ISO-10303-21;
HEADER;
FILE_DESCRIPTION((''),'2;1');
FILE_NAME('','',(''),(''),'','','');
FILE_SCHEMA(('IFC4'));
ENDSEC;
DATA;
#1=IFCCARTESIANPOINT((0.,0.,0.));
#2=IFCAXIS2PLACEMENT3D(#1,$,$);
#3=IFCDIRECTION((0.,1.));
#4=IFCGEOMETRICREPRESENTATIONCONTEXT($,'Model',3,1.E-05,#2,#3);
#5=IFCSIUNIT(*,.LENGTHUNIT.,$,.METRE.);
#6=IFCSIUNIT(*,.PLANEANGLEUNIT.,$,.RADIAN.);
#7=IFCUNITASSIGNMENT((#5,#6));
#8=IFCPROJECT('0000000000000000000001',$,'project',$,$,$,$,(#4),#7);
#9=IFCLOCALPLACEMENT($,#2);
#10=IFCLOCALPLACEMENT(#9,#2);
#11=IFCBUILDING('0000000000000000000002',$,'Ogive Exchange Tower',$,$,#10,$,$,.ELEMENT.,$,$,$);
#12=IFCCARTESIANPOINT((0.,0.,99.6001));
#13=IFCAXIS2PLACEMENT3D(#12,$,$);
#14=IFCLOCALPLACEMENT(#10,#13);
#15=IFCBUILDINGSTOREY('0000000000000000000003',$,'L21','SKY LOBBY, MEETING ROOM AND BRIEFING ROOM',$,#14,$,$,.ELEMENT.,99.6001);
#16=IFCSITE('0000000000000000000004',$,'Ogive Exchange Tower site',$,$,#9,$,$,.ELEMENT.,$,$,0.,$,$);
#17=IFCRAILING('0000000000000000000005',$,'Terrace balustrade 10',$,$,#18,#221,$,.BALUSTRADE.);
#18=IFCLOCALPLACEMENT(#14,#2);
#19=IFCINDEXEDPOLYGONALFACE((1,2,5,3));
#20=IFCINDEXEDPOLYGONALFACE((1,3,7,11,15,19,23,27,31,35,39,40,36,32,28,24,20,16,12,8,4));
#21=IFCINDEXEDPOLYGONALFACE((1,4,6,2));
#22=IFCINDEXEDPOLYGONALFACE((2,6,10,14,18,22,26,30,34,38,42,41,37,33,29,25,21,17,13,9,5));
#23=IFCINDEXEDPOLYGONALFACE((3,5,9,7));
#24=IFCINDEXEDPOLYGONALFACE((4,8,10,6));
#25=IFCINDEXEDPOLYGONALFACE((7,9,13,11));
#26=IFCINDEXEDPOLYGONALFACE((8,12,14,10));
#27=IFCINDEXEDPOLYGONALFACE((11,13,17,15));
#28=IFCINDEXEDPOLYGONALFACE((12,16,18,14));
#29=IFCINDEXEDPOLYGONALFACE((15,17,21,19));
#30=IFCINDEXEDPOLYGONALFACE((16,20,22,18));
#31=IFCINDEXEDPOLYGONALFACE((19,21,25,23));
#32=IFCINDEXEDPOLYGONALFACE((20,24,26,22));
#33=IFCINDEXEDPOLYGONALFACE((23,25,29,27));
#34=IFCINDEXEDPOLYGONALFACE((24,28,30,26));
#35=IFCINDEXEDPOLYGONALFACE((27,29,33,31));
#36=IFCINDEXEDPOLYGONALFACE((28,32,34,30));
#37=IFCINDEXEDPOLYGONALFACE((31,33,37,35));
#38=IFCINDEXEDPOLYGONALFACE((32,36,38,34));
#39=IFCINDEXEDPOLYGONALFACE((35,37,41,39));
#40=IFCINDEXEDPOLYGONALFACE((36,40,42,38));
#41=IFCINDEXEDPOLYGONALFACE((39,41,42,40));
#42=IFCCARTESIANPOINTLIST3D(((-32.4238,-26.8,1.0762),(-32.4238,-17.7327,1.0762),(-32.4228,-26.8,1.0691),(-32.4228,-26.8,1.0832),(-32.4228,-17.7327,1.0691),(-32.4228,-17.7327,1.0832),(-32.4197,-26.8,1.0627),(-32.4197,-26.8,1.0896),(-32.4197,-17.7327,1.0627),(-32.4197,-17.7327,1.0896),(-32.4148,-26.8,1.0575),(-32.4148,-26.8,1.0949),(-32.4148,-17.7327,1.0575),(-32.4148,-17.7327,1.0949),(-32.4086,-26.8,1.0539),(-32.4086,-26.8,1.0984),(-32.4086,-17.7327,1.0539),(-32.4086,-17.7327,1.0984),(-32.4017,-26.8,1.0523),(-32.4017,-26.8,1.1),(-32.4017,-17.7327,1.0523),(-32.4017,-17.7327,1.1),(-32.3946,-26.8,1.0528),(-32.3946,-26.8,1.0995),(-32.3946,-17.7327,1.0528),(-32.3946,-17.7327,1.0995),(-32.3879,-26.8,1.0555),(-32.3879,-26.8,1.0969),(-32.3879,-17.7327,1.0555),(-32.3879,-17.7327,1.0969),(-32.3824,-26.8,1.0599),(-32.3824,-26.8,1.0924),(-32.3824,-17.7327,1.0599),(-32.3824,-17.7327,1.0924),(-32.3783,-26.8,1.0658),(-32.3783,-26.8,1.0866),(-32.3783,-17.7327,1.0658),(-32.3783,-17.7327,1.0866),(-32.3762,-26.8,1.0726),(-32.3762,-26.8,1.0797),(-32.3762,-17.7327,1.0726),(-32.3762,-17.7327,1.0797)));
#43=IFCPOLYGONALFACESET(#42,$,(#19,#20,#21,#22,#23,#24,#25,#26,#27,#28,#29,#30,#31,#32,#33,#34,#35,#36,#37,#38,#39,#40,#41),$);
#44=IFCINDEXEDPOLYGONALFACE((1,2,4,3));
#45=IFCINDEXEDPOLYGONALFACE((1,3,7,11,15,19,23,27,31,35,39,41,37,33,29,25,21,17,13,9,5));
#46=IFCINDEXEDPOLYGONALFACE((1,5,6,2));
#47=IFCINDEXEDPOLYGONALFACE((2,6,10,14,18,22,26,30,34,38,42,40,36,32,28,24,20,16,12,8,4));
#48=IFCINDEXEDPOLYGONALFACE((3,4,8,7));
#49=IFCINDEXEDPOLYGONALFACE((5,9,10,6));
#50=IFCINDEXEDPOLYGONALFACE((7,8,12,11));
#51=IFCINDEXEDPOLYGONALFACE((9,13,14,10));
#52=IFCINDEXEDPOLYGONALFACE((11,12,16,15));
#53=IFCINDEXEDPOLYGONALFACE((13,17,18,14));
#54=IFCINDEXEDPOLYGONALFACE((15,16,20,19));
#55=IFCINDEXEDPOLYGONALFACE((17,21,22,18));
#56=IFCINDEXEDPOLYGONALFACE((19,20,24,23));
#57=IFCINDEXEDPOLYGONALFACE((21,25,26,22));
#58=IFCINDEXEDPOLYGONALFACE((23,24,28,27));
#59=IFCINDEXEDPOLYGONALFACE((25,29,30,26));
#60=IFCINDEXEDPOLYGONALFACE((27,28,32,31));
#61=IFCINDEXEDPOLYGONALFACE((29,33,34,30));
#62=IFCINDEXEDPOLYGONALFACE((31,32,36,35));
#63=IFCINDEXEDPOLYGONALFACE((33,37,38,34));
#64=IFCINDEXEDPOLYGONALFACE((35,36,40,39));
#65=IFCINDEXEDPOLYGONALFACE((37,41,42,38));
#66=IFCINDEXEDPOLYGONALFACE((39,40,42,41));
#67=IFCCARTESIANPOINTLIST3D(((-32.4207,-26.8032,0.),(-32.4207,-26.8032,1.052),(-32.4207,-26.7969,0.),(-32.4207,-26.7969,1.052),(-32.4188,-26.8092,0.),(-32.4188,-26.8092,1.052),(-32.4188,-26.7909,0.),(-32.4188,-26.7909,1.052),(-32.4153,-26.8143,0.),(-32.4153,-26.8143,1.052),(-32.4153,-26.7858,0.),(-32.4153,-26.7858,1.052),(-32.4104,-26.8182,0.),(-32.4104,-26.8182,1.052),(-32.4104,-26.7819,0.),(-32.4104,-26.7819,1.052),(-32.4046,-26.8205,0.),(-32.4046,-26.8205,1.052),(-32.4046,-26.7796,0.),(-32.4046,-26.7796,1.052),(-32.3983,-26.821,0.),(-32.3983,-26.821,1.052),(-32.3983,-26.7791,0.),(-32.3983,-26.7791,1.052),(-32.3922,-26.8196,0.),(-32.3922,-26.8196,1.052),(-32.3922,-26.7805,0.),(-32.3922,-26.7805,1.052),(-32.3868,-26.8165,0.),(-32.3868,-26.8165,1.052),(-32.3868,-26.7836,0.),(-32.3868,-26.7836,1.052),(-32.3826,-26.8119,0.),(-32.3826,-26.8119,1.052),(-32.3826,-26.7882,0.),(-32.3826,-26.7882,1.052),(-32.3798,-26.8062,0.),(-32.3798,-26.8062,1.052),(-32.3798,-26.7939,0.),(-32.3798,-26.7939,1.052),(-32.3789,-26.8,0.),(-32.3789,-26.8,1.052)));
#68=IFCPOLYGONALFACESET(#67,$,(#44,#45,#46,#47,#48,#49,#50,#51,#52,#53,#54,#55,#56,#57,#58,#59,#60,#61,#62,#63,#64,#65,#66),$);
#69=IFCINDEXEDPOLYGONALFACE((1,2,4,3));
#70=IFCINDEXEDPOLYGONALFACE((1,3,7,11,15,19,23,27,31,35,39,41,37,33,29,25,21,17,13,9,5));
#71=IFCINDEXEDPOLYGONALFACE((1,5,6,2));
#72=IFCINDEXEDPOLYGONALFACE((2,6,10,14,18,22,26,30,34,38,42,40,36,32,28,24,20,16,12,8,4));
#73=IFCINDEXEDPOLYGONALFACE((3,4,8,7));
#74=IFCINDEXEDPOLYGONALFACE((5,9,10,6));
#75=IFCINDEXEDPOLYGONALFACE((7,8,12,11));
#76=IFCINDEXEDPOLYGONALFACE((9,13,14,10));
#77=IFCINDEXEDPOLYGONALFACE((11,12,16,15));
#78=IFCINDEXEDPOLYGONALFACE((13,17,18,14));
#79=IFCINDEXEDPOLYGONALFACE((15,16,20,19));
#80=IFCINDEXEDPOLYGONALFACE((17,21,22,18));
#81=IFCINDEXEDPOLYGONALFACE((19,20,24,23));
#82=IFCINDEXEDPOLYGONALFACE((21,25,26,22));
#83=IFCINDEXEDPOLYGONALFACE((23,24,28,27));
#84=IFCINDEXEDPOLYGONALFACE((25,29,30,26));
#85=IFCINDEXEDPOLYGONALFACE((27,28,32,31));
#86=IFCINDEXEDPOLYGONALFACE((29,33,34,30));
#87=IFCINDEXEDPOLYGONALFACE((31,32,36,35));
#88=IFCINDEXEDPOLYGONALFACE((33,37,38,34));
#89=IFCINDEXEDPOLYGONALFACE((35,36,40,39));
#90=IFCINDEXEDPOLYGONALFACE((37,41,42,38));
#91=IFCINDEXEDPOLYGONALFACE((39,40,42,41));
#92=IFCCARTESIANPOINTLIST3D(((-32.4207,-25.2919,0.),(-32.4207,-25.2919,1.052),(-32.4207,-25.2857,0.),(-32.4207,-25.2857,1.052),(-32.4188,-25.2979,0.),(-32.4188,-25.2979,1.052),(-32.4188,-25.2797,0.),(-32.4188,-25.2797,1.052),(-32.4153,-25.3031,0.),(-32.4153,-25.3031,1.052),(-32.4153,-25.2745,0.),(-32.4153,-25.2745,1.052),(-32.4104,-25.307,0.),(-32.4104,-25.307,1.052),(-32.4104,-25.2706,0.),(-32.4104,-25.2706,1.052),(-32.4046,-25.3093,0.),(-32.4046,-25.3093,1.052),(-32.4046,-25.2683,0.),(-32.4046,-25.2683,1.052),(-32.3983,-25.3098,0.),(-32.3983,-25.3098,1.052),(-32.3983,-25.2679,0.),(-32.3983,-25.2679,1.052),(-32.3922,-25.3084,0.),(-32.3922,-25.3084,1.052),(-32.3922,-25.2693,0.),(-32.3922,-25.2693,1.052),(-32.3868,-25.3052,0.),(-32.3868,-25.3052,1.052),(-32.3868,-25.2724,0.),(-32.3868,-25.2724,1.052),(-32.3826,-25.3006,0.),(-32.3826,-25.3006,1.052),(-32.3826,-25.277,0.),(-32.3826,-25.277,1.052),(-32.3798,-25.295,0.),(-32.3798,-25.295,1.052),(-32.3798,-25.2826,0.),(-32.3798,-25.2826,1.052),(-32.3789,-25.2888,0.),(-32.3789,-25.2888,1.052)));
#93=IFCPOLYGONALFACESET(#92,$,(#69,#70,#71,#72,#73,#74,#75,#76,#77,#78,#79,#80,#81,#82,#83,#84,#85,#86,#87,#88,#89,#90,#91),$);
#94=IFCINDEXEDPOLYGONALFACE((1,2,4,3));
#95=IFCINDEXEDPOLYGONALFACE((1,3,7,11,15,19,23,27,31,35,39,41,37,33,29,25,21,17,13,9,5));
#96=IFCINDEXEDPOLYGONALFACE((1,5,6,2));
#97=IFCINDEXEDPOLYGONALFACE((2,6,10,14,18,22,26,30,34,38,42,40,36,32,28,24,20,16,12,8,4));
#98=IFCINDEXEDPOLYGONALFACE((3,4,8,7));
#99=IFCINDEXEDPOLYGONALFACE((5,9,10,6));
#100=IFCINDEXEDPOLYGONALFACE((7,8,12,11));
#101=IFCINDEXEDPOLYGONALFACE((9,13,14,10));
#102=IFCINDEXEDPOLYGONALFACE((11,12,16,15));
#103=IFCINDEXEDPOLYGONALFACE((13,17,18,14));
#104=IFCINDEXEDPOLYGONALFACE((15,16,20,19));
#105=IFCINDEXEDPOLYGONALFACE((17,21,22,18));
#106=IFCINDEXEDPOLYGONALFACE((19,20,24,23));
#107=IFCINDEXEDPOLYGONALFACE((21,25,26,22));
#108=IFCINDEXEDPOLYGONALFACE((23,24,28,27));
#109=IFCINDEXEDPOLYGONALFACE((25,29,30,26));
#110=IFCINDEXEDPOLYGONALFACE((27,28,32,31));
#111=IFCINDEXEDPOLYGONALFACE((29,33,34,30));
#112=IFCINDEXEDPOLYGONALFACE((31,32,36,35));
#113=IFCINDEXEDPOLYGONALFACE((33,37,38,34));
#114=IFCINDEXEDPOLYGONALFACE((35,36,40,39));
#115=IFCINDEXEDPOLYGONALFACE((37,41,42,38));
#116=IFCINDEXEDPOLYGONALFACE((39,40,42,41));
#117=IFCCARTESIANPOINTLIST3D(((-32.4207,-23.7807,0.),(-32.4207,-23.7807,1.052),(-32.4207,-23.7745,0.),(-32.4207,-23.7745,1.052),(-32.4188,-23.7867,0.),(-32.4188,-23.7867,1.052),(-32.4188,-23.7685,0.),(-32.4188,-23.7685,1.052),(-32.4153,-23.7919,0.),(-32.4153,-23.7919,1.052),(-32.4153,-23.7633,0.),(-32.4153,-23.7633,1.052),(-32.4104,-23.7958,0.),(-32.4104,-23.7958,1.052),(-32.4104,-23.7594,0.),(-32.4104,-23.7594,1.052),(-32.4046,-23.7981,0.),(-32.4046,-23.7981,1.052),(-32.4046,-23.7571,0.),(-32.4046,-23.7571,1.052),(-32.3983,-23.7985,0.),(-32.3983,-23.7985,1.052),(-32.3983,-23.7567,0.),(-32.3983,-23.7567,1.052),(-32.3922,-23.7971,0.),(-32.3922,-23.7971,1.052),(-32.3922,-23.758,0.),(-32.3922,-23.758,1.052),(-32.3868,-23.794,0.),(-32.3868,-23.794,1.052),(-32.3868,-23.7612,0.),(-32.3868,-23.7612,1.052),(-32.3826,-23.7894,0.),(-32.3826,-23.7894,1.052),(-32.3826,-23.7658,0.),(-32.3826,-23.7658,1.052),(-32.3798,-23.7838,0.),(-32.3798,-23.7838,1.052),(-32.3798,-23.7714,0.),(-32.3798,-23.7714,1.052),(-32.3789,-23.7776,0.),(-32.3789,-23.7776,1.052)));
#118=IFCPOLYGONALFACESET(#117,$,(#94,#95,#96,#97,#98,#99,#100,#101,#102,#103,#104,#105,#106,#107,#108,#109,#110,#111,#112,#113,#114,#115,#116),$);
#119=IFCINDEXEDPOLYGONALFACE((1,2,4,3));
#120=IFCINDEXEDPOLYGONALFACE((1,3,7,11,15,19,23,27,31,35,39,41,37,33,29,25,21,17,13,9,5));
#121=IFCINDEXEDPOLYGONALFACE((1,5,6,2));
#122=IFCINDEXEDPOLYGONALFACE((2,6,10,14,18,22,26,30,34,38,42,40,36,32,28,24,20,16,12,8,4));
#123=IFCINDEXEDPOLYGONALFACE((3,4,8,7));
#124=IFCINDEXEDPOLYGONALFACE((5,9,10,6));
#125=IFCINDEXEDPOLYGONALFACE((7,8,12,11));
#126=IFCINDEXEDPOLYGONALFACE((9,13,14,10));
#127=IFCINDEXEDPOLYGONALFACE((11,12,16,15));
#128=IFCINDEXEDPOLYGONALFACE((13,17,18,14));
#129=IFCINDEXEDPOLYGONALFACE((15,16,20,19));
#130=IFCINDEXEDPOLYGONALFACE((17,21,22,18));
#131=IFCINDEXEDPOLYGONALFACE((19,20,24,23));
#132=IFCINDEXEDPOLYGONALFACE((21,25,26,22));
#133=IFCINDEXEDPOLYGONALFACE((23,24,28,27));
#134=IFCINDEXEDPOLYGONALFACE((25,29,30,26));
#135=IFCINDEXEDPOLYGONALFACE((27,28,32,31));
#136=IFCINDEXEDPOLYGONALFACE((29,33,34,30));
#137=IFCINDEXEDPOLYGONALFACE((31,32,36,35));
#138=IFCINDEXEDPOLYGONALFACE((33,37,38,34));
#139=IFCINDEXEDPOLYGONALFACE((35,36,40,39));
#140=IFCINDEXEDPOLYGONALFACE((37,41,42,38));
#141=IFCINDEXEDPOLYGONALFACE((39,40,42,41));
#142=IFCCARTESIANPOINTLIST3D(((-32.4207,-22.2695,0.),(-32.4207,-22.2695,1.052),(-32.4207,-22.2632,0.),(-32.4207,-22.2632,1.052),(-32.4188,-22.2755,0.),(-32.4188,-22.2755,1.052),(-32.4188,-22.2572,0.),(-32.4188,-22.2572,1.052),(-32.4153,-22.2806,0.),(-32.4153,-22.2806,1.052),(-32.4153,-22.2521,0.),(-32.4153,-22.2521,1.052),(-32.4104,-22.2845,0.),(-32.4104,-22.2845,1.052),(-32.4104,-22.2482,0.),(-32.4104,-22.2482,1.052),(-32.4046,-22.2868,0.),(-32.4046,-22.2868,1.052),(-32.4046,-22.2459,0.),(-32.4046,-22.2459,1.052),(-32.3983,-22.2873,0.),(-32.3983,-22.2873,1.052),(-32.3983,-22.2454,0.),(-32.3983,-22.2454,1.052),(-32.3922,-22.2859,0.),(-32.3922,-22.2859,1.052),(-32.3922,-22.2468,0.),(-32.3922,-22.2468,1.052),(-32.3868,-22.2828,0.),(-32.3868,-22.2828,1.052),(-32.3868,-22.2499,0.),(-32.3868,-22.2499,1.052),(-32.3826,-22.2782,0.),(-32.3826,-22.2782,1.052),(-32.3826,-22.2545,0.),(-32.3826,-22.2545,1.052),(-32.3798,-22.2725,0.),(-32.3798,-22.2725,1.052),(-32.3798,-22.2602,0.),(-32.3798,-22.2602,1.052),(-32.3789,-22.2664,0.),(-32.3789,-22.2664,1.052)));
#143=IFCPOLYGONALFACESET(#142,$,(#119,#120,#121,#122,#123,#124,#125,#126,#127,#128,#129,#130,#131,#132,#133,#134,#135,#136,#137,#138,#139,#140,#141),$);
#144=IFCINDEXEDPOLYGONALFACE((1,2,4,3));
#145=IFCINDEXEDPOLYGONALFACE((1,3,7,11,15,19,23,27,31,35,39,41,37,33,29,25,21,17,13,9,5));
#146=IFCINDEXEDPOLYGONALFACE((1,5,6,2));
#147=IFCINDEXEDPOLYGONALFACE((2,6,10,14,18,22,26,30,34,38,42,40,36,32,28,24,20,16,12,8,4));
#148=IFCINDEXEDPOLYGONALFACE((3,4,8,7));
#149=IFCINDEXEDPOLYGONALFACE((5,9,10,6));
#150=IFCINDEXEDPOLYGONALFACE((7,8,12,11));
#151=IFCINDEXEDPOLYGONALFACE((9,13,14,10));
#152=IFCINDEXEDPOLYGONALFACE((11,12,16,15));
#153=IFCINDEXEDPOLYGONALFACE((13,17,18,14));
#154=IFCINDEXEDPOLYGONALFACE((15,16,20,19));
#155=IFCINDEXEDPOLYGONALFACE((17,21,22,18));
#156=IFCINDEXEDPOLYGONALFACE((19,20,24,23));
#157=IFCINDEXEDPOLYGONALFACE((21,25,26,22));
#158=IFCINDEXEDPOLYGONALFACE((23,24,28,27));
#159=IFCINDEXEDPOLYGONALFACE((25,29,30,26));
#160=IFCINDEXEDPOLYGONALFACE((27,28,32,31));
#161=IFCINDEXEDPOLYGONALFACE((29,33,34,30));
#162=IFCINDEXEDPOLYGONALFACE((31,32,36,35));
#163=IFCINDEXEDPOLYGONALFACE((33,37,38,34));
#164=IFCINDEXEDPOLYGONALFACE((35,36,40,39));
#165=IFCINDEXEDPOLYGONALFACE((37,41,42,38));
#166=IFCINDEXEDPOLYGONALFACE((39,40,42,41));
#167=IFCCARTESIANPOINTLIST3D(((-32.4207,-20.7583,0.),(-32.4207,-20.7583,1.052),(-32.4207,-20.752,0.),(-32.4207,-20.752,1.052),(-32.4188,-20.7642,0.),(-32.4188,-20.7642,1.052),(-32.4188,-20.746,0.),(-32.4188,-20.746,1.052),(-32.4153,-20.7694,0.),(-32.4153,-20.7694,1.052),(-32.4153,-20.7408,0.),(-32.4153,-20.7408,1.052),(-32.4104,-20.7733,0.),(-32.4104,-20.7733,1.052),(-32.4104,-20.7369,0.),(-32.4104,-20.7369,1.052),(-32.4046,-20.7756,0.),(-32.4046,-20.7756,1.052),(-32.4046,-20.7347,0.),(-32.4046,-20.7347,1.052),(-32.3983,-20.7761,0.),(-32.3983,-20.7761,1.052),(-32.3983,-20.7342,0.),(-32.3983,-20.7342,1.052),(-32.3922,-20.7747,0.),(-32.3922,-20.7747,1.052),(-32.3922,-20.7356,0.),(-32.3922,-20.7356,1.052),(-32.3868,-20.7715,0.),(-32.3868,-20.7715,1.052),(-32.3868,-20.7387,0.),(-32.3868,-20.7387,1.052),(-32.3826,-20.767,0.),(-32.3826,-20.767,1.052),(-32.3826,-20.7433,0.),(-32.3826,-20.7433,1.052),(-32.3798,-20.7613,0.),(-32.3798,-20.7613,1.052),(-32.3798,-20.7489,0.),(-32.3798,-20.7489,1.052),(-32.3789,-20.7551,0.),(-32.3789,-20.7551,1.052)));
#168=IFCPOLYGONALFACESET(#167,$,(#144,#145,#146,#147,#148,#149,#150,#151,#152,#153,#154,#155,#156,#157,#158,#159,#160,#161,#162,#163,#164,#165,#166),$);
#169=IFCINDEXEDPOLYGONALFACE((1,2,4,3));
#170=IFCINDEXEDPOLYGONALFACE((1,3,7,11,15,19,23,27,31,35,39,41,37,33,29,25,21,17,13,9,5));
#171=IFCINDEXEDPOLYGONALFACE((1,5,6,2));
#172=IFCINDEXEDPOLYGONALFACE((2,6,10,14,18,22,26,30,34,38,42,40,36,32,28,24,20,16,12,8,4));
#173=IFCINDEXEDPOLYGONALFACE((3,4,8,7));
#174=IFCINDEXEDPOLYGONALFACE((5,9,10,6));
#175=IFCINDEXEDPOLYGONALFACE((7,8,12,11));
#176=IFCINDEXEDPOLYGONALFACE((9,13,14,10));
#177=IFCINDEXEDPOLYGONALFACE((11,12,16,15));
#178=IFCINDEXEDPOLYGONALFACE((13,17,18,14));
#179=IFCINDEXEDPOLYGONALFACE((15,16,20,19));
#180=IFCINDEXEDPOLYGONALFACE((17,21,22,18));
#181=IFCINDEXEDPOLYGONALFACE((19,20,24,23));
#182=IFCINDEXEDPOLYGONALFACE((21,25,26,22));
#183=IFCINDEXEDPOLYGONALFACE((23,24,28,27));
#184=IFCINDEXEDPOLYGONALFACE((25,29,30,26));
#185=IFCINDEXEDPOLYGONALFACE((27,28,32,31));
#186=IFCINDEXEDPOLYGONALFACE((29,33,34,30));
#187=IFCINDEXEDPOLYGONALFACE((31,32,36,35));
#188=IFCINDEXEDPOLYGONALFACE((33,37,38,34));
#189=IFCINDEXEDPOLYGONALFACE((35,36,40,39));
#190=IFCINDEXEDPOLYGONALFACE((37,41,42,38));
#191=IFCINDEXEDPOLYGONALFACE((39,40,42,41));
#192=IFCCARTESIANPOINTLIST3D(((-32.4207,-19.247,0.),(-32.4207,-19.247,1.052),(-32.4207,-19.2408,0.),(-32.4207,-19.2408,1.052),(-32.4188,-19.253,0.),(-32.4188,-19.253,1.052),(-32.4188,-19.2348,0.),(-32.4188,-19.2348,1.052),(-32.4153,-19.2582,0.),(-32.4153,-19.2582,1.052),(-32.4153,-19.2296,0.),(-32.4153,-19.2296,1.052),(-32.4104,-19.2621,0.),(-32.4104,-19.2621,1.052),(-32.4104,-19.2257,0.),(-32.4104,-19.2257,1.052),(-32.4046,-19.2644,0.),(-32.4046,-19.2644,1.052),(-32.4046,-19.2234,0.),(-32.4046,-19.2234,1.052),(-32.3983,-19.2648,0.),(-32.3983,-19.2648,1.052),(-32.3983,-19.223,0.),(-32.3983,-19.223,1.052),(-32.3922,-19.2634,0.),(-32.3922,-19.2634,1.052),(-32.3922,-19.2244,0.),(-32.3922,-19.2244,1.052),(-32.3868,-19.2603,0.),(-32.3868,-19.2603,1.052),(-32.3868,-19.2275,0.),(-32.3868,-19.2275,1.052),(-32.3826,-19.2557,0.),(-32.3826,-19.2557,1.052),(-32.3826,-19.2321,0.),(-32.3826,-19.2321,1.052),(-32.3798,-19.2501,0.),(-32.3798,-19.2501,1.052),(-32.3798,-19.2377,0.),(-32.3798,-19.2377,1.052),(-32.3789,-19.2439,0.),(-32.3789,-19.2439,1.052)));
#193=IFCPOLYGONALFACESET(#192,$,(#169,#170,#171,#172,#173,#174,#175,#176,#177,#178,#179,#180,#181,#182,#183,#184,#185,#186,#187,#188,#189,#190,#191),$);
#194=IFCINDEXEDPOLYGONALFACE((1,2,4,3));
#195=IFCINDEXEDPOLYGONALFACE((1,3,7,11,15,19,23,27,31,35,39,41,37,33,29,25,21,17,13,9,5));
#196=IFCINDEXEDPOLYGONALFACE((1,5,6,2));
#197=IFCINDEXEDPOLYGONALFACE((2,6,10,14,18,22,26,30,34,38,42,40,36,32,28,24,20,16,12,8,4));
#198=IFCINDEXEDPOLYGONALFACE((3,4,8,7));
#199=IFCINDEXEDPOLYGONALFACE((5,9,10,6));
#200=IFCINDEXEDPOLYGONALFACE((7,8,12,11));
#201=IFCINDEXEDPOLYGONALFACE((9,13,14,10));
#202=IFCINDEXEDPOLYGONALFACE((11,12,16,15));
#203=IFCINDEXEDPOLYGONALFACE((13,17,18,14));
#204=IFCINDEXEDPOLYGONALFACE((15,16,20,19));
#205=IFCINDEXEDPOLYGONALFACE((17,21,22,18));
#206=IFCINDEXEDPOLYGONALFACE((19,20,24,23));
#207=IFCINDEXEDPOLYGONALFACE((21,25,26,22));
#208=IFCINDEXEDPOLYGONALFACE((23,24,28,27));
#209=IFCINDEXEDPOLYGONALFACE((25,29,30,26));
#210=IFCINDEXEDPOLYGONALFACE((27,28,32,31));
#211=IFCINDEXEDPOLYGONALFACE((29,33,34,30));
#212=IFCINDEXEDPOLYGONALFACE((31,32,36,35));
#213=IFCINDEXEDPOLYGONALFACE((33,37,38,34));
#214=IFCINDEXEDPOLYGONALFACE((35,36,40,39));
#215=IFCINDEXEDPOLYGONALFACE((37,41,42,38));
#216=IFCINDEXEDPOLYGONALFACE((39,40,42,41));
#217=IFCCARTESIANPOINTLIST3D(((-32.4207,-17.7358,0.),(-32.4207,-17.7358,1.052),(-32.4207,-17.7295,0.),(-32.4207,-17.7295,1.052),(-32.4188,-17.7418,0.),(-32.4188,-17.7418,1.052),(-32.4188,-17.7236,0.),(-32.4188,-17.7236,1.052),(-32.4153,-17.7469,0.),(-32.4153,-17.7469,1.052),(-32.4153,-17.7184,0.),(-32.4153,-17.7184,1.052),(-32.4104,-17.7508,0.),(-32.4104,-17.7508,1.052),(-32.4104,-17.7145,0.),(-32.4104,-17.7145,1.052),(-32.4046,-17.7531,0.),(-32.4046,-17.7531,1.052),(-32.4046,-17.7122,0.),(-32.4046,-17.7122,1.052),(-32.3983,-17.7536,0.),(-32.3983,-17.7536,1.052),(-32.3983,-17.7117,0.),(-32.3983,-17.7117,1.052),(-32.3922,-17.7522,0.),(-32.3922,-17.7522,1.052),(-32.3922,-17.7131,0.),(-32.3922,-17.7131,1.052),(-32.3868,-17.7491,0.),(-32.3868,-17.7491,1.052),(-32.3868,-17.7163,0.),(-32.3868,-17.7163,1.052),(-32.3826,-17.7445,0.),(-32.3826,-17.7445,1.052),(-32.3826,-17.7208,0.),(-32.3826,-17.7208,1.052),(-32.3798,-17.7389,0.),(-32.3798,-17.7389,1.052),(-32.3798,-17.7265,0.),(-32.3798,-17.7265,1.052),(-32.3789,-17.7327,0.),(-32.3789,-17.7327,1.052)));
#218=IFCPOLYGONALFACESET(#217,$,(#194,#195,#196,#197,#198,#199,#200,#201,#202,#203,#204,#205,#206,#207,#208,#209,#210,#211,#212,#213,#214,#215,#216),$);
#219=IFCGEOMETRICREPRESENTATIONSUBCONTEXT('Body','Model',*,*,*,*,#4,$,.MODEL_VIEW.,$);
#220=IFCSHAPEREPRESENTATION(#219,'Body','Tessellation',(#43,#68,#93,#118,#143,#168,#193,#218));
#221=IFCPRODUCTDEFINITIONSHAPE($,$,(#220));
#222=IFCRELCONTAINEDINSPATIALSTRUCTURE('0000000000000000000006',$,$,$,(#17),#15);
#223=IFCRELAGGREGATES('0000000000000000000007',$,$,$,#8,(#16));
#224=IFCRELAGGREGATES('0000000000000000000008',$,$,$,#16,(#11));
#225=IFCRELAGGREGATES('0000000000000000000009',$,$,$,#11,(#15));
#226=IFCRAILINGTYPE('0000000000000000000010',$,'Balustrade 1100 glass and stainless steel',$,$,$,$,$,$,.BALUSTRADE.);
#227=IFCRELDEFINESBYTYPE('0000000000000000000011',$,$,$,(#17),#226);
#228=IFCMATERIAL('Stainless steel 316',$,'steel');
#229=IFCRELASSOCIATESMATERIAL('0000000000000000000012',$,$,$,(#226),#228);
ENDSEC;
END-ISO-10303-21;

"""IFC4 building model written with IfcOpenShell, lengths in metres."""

from ifc_helpers import new_model, si_unit, direction, frame, origin, origin_2d, place, context, subcontext, project, spatial, circle, extrude, material, type_object, element, save


model = new_model("IFC4")

# Units and contexts
model_context = context("Model", 3, precision=1e-05, world=origin(), true_north=direction((0.0, 1.0)))
body_context = subcontext(model_context, "Body", "Model", "MODEL_VIEW")
ifc_project = project(units=[si_unit("LENGTHUNIT", "METRE"), si_unit("PLANEANGLEUNIT", "RADIAN")], contexts=[model_context])

# Site, building, storey
site_placement = place(None, origin())
site = spatial("IfcSite", under=ifc_project, at=site_placement, Name="Ogive Exchange Tower site", CompositionType="ELEMENT", RefElevation=0.0)
building_placement = place(site_placement, origin())
building = spatial("IfcBuilding", under=site, at=building_placement, Name="Ogive Exchange Tower", CompositionType="ELEMENT")
storey_placement = place(building_placement, frame((0.0, 0.0, 99.6001)))
storey = spatial("IfcBuildingStorey", under=building, at=storey_placement, Name="L21", Description="SKY LOBBY, MEETING ROOM AND BRIEFING ROOM", CompositionType="ELEMENT", Elevation=99.6001)

# Railing
ifc_material_1 = material(Name="Stainless steel 316", Category="steel")
railing_type = type_object("IfcRailingType", Name="Balustrade 1100 glass and stainless steel", PredefinedType="BALUSTRADE", material=ifc_material_1)
railing_1_placement = place(storey_placement, frame((-32.3999, -26.8, 0.0)))
element("IfcRailing", 1, at=railing_1_placement, inside=storey, type_object=railing_type, Name="Terrace balustrade 10", PredefinedType="BALUSTRADE", context=body_context, shape_type="SweptSolid", body=[
    extrude(circle(Radius=0.0239, at=origin_2d()), frame((0.0, 0.0, 1.0762), z_axis=(0.0, 1.0, 0.0), x_axis=(-1.0, 0.0, 0.0)), (0.0, 0.0, 1.0), 9.0674),
    extrude(circle(Radius=0.021, at=origin_2d()), origin(), (0.0, 0.0, 1.0), 1.052),
    extrude(circle(Radius=0.021, at=origin_2d()), frame((0.0, 1.5112, 0.0)), (0.0, 0.0, 1.0), 1.052),
    extrude(circle(Radius=0.021, at=origin_2d()), frame((0.0, 3.0225, 0.0)), (0.0, 0.0, 1.0), 1.052),
    extrude(circle(Radius=0.021, at=origin_2d()), frame((0.0, 4.5337, 0.0)), (0.0, 0.0, 1.0), 1.052),
    extrude(circle(Radius=0.021, at=origin_2d()), frame((0.0, 6.0449, 0.0)), (0.0, 0.0, 1.0), 1.052),
    extrude(circle(Radius=0.021, at=origin_2d()), frame((0.0, 7.5562, 0.0)), (0.0, 0.0, 1.0), 1.052),
    extrude(circle(Radius=0.021, at=origin_2d()), frame((0.0, 9.0674, 0.0)), (0.0, 0.0, 1.0), 1.052),
])

save(model, "model.ifc")
